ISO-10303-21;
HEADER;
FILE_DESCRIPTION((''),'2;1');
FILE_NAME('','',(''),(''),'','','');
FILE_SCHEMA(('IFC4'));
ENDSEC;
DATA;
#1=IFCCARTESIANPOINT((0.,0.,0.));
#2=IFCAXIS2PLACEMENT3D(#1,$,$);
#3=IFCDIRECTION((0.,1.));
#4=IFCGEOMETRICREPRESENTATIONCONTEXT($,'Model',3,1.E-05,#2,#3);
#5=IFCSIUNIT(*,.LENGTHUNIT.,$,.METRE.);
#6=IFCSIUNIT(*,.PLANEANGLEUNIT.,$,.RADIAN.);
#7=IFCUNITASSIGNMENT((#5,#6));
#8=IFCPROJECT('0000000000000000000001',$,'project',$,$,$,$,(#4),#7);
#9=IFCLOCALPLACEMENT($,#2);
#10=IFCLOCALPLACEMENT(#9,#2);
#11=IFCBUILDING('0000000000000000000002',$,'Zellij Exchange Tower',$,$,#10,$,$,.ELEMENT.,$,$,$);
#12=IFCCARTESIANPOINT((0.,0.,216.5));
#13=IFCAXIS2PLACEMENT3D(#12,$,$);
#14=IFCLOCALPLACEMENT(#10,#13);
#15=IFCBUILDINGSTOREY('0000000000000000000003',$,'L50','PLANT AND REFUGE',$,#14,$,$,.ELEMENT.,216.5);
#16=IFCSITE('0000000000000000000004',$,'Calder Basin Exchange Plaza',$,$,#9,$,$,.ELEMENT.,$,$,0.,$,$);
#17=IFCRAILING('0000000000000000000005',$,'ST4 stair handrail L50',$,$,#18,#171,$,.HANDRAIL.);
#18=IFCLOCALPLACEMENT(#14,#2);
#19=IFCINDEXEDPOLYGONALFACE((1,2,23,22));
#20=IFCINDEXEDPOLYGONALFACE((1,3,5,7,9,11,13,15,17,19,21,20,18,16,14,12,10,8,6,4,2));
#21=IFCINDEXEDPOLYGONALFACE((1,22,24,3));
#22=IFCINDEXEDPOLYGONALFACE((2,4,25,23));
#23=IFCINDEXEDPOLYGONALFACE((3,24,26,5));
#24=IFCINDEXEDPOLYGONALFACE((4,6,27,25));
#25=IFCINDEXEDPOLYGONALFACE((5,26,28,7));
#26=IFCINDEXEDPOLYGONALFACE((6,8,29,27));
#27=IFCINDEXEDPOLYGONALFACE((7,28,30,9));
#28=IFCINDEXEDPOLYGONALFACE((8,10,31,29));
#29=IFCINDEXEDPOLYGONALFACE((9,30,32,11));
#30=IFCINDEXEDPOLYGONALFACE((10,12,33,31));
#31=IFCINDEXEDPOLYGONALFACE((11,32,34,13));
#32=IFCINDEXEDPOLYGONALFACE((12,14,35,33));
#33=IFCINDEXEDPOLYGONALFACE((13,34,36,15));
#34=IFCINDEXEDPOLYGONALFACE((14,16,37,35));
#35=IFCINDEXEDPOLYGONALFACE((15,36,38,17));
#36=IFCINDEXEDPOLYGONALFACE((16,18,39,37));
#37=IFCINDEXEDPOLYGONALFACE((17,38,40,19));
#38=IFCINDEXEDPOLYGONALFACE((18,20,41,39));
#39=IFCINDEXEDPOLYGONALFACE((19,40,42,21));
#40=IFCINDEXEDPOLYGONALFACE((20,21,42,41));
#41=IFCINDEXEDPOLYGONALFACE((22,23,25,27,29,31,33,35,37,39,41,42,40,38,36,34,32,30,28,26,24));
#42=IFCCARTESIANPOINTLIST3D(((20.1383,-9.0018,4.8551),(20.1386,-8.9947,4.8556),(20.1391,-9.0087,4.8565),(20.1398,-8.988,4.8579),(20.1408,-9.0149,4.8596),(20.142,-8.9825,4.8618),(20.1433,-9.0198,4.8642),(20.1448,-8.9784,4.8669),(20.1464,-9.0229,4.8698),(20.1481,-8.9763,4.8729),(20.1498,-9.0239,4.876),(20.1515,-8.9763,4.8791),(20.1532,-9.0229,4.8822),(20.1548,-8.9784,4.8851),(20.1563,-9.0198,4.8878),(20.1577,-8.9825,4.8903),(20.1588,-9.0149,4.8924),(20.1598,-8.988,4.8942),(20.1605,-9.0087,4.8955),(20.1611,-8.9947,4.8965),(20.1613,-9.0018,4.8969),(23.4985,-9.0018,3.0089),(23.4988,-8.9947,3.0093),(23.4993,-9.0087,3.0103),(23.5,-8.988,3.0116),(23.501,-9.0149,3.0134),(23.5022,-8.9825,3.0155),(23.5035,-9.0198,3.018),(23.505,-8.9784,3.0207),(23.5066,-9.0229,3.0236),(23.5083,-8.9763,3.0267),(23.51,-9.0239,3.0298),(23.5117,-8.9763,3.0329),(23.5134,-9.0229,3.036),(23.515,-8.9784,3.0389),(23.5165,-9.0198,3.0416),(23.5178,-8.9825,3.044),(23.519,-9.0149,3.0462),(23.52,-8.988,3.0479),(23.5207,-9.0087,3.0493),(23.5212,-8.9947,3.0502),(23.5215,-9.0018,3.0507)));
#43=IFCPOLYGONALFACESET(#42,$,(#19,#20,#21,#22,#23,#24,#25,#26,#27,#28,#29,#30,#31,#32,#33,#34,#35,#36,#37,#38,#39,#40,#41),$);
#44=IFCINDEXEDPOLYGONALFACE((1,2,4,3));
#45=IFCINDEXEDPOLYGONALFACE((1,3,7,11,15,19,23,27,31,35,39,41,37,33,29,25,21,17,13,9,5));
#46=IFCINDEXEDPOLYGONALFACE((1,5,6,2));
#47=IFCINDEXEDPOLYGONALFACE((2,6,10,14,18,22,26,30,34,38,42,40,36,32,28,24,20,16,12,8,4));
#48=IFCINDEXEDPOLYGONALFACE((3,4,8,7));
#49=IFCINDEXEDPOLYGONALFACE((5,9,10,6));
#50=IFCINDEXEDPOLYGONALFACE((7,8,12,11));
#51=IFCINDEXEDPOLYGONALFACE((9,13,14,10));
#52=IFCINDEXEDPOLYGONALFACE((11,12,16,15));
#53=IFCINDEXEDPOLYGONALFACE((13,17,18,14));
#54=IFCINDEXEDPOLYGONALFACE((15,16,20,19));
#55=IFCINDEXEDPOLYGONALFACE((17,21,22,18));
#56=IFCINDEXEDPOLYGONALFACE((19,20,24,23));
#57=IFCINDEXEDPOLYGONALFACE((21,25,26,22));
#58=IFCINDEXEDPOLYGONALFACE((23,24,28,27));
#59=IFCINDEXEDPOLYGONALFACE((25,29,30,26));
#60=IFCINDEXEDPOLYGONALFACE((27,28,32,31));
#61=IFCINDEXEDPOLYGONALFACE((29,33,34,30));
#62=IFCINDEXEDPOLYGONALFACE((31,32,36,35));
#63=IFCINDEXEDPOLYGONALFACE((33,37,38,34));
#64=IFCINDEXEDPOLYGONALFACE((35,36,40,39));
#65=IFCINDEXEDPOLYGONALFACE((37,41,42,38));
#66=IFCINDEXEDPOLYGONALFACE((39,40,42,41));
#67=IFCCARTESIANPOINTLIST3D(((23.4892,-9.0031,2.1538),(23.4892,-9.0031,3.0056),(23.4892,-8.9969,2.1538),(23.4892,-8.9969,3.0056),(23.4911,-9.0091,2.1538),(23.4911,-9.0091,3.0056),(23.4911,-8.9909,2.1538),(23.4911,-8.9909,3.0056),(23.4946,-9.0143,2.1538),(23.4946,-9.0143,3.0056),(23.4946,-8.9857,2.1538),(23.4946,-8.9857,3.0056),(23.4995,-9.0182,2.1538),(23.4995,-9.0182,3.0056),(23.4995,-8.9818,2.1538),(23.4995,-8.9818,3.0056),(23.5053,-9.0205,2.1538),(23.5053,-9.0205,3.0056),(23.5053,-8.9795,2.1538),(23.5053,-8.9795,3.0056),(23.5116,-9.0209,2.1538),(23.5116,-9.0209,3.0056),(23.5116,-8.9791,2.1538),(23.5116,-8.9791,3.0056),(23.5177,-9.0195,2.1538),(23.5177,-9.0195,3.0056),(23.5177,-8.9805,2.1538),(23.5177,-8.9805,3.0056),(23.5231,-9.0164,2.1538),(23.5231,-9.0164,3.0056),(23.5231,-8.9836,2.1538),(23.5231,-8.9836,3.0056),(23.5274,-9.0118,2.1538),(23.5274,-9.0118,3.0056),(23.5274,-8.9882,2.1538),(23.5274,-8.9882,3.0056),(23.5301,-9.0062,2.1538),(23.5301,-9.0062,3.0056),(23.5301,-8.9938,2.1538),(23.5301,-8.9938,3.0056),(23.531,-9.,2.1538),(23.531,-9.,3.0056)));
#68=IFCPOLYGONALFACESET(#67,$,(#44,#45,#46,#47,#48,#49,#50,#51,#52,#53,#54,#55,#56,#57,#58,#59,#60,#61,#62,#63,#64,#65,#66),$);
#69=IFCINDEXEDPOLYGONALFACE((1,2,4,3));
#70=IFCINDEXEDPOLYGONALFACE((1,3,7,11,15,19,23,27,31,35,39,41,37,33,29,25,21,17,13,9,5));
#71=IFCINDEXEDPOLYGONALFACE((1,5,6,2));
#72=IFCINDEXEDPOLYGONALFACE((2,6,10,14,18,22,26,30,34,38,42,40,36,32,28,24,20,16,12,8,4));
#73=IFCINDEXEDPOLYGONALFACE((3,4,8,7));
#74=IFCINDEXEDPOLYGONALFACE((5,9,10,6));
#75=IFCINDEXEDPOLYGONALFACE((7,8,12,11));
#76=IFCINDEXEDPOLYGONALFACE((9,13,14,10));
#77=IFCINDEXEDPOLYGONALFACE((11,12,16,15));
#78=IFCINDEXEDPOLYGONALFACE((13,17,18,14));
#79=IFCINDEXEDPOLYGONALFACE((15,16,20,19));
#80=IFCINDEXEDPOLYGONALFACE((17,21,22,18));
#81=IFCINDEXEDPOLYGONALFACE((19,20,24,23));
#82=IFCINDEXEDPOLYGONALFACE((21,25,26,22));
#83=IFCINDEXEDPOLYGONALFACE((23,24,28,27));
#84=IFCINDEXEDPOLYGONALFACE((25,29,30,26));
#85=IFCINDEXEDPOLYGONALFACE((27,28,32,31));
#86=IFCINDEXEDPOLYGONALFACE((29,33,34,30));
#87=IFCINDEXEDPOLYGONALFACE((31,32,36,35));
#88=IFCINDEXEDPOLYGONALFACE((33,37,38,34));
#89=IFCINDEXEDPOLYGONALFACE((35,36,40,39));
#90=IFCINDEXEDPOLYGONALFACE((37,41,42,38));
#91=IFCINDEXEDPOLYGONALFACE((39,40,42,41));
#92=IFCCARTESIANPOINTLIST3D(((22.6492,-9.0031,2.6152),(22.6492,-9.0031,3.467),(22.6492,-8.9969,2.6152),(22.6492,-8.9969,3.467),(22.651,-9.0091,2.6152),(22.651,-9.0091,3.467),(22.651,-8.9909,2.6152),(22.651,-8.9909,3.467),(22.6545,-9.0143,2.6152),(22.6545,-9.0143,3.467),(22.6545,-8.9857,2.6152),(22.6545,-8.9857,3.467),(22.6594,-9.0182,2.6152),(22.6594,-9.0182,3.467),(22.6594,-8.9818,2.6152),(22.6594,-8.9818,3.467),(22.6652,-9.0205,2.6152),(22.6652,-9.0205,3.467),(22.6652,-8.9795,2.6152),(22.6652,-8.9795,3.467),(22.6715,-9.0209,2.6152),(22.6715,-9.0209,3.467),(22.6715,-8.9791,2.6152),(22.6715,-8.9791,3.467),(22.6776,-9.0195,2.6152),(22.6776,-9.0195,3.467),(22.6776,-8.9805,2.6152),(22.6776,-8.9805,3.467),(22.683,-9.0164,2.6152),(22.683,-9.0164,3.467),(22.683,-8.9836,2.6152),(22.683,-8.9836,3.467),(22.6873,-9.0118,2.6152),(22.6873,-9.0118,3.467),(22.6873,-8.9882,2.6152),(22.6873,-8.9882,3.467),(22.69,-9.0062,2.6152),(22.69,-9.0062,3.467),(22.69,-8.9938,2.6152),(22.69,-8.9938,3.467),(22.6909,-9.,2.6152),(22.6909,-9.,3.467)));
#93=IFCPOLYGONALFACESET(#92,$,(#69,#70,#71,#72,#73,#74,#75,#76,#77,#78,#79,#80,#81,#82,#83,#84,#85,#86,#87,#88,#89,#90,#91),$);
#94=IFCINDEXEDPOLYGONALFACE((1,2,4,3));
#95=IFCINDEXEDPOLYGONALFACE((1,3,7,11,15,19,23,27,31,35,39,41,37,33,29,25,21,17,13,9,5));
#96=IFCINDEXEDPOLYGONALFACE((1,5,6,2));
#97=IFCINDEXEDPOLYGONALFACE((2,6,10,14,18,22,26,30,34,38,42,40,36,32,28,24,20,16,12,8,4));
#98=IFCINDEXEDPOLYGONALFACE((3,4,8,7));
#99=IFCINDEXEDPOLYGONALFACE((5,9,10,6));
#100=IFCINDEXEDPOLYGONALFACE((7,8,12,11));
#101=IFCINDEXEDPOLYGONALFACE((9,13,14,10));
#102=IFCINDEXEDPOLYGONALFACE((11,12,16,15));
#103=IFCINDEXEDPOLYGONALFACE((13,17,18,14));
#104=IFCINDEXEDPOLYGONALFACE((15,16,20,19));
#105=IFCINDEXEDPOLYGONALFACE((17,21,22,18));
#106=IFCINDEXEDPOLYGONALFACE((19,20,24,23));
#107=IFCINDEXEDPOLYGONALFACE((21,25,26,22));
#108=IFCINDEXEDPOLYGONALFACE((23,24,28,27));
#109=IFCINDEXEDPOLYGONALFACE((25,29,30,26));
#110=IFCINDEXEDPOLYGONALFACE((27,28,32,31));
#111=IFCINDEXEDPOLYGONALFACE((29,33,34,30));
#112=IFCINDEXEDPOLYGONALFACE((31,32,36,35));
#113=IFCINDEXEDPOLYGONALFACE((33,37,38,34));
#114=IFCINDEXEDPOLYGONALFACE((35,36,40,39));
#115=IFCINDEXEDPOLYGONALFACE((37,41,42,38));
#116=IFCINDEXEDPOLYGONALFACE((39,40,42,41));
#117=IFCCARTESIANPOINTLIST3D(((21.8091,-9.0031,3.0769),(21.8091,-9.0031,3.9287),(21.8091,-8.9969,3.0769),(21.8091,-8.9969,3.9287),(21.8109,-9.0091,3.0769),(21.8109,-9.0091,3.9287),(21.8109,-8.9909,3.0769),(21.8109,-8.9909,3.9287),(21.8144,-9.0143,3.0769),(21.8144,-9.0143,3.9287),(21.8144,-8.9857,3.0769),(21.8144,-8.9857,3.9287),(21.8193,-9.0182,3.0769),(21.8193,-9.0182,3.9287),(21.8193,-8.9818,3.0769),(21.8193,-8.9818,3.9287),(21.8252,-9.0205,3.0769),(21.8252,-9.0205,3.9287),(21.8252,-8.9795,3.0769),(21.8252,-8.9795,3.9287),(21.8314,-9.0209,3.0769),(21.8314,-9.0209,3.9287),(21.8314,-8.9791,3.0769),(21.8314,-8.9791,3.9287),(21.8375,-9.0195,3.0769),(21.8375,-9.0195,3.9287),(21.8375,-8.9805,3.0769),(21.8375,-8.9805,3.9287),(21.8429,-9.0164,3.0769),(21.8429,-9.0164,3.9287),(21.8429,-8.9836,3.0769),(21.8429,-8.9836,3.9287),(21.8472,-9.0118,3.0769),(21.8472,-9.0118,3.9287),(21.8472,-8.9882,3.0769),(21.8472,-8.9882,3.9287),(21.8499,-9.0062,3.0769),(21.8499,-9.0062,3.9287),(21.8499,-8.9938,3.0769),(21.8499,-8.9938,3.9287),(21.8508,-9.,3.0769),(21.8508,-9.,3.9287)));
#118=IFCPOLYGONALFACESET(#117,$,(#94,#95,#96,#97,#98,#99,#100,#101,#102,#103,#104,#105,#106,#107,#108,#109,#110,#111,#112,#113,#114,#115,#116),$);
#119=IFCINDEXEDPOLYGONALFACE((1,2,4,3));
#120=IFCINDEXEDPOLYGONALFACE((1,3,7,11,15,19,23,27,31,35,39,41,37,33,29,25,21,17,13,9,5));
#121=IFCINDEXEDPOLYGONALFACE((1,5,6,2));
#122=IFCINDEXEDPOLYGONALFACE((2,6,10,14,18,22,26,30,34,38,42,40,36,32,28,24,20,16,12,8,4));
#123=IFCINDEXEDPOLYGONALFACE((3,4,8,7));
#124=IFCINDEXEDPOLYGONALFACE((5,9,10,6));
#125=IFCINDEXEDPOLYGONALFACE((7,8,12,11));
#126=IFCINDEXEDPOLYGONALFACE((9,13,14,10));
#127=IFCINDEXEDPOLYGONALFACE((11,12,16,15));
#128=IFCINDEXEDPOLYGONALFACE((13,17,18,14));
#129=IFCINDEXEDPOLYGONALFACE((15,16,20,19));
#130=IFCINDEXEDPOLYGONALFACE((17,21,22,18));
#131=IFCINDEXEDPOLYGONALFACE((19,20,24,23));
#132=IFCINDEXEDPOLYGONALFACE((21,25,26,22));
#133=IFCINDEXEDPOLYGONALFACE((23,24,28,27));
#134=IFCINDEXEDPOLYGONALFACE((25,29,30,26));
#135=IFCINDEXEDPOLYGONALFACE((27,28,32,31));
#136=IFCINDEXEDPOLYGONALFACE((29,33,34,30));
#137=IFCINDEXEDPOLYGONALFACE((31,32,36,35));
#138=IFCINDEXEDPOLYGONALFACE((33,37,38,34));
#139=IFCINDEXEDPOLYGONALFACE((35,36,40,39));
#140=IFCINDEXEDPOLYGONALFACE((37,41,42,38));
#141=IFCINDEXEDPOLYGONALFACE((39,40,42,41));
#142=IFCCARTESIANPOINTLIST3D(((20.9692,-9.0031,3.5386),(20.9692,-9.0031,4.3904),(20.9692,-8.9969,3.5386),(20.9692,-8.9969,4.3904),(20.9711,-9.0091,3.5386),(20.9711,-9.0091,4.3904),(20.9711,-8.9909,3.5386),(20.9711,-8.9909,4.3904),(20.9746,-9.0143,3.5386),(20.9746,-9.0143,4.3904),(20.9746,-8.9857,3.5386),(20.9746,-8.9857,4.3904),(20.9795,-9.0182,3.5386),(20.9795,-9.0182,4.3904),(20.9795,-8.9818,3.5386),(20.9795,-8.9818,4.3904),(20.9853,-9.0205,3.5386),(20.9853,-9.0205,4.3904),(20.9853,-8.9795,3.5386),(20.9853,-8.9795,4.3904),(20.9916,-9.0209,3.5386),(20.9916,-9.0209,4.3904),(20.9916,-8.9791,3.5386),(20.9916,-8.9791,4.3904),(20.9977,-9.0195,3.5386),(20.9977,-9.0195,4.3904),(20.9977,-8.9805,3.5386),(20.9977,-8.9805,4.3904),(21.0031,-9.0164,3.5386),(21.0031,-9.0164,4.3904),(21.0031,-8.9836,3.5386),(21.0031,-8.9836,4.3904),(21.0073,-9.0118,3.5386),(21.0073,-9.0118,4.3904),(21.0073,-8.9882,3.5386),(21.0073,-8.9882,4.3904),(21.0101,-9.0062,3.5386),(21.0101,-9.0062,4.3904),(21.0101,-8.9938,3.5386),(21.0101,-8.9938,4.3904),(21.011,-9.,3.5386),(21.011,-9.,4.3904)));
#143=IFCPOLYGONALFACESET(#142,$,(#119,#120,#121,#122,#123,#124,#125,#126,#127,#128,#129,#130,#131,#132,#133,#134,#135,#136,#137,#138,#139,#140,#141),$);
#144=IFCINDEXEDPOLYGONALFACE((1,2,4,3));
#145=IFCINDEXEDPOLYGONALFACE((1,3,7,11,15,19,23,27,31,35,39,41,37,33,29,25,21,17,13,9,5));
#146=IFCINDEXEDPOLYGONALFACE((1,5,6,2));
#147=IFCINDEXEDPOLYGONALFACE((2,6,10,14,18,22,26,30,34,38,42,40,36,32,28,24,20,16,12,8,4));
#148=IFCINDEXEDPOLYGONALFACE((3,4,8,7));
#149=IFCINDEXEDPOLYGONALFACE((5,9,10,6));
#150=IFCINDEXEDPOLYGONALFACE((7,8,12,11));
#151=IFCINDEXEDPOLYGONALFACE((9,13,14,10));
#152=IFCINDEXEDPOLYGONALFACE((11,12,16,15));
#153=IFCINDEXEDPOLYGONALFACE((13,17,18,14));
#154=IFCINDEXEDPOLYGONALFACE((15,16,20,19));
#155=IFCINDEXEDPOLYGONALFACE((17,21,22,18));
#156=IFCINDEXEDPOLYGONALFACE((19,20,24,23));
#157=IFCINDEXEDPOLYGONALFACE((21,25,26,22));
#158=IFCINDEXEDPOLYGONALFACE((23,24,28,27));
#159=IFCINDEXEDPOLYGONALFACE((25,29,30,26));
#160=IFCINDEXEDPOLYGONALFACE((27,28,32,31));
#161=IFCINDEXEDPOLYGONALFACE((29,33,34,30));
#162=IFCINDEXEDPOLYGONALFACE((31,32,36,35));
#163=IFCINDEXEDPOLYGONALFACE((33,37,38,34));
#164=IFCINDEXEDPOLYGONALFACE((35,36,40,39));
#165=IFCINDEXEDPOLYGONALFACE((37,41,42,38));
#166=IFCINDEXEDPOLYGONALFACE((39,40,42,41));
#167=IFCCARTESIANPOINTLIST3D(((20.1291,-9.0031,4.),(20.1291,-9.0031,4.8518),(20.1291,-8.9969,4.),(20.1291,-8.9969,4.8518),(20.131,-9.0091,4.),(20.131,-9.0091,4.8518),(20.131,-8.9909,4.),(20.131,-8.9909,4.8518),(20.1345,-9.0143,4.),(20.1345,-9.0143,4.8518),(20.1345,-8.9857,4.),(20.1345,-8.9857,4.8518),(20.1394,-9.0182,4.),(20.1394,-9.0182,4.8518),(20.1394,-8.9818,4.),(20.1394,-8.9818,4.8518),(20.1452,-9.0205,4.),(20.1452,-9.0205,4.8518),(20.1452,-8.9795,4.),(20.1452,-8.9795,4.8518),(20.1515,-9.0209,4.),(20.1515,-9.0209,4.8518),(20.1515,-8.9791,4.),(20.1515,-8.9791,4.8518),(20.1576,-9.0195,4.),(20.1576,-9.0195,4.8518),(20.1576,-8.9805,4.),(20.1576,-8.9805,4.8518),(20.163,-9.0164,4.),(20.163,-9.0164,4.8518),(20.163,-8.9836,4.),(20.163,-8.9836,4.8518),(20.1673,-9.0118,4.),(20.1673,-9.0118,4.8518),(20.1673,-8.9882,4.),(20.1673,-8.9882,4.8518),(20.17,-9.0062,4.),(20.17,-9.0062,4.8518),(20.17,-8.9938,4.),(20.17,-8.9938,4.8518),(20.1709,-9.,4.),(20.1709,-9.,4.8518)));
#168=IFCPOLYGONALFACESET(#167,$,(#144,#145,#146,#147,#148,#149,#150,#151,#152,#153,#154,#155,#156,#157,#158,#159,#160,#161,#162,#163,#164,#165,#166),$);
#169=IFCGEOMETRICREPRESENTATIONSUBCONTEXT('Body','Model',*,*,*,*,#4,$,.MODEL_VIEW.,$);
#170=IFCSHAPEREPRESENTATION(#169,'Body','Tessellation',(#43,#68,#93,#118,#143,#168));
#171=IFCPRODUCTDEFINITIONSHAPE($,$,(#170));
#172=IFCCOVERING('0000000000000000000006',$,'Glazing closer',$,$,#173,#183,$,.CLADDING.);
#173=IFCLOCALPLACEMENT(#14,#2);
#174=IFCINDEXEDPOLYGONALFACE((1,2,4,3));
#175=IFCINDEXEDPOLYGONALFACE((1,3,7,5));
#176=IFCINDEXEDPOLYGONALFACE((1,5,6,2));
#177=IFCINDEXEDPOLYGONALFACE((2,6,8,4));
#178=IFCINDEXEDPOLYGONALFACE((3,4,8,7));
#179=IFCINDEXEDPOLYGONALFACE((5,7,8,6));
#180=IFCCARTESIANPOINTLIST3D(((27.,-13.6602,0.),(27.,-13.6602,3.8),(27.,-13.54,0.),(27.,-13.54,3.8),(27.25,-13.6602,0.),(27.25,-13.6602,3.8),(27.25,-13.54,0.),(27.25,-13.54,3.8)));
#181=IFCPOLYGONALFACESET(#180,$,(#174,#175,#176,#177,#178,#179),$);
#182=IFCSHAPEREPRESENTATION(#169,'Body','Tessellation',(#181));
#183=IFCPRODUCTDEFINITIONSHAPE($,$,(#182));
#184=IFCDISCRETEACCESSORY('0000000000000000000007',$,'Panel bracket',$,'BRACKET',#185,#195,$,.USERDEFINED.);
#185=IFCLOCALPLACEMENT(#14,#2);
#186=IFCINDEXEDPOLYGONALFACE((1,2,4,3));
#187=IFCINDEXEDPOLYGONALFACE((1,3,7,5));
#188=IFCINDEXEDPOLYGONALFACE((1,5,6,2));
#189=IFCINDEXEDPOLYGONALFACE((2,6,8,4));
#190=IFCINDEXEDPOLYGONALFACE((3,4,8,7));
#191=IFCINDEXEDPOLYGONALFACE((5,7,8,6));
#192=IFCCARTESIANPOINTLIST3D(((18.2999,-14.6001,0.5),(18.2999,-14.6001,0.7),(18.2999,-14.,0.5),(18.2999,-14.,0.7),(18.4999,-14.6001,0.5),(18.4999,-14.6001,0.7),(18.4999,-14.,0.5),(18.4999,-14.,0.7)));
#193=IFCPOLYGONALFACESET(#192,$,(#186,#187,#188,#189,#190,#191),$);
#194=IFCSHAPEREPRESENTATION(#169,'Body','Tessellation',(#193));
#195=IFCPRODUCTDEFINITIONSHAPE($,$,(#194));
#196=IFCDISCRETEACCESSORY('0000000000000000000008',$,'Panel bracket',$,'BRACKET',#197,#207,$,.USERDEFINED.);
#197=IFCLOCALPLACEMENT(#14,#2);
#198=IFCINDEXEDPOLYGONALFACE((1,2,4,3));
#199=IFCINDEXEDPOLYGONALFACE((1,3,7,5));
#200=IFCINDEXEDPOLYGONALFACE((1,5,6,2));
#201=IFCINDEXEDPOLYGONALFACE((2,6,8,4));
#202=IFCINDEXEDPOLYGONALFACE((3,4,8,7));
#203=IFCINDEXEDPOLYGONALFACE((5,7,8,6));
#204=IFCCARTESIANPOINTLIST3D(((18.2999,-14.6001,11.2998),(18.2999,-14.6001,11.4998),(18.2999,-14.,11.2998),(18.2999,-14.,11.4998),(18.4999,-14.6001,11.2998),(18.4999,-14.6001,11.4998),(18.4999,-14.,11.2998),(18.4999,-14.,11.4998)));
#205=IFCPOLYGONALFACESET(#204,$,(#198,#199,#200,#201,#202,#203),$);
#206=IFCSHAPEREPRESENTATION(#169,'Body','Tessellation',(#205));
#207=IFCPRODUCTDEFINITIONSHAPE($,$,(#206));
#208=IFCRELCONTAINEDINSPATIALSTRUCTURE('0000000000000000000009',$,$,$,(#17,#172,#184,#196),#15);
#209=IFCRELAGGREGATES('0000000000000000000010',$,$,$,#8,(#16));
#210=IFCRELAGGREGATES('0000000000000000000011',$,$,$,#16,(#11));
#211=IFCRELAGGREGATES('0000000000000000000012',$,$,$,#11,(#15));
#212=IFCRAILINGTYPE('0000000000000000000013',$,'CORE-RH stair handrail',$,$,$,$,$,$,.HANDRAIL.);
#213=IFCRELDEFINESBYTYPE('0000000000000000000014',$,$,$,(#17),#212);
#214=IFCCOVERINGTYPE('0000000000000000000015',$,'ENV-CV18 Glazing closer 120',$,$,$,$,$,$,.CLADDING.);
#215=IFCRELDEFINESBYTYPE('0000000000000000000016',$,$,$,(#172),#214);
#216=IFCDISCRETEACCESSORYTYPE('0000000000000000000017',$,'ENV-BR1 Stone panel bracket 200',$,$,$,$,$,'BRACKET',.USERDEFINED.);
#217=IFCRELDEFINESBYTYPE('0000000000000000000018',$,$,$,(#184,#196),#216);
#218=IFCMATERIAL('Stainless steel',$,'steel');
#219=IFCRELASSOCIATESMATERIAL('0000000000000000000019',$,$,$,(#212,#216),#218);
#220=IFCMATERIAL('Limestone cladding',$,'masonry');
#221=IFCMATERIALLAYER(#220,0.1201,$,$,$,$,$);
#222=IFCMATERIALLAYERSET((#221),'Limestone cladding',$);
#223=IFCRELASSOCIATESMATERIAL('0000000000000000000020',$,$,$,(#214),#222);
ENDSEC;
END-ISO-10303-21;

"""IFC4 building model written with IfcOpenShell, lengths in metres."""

from ifc_helpers import new_model, si_unit, direction, frame, origin, origin_2d, place, context, subcontext, project, spatial, rectangle, circle, extrude, material, layer, layer_set, type_object, element, save


model = new_model("IFC4")

# Units and contexts
model_context = context("Model", 3, precision=1e-05, world=origin(), true_north=direction((0.0, 1.0)))
body_context = subcontext(model_context, "Body", "Model", "MODEL_VIEW")
ifc_project = project(units=[si_unit("LENGTHUNIT", "METRE"), si_unit("PLANEANGLEUNIT", "RADIAN")], contexts=[model_context])

# Site, building, storey
site_placement = place(None, origin())
site = spatial("IfcSite", under=ifc_project, at=site_placement, Name="Calder Basin Exchange Plaza", CompositionType="ELEMENT", RefElevation=0.0)
building_placement = place(site_placement, origin())
building = spatial("IfcBuilding", under=site, at=building_placement, Name="Zellij Exchange Tower", CompositionType="ELEMENT")
storey_placement = place(building_placement, frame((0.0, 0.0, 216.5)))
storey = spatial("IfcBuildingStorey", under=building, at=storey_placement, Name="L50", Description="PLANT AND REFUGE", CompositionType="ELEMENT", Elevation=216.5)

# Railing
ifc_material_1 = material(Name="Stainless steel", Category="steel")
railing_type_1 = type_object("IfcRailingType", Name="CORE-RH stair handrail", PredefinedType="HANDRAIL", material=ifc_material_1)
railing_1_placement = place(storey_placement, frame((23.51, -9.0, 2.1538)))
element("IfcRailing", 1, at=railing_1_placement, inside=storey, type_object=railing_type_1, Name="ST4 stair handrail L50", PredefinedType="HANDRAIL", context=body_context, shape_type="SweptSolid", body=[
    extrude(circle(Radius=0.0239, at=origin_2d()), frame((0.0, 0.0, 0.876), z_axis=(-0.876422, 0.0, 0.481545), x_axis=(0.0, -1.0, 0.0)), (0.0, 0.0, 1.0), 3.834),
    extrude(circle(Radius=0.021, at=origin_2d()), origin(), (0.0, 0.0, 1.0), 0.8518),
    extrude(circle(Radius=0.021, at=origin_2d()), frame((-0.8401, 0.0, 0.4614)), (0.0, 0.0, 1.0), 0.8518),
    extrude(circle(Radius=0.021, at=origin_2d()), frame((-1.6802, 0.0, 0.9231)), (0.0, 0.0, 1.0), 0.8518),
    extrude(circle(Radius=0.021, at=origin_2d()), frame((-2.52, 0.0, 1.3848)), (0.0, 0.0, 1.0), 0.8518),
    extrude(circle(Radius=0.021, at=origin_2d()), frame((-3.3601, 0.0, 1.8462)), (0.0, 0.0, 1.0), 0.8518),
])

# Covering
ifc_material_2 = material(Name="Limestone cladding", Category="masonry")
ifc_layer_1 = layer(ifc_material_2, 0.1201)
ifc_layer_set_1 = layer_set([ifc_layer_1], Name="Limestone cladding")
covering_type = type_object("IfcCoveringType", Name="ENV-CV18 Glazing closer 120", PredefinedType="CLADDING", material=ifc_layer_set_1)
covering_placement = place(storey_placement, frame((27.125, -13.6001, 0.0), z_axis=(0.0, 0.0, 1.0), x_axis=(-1.0, 0.0, 0.0)))
element("IfcCovering", 2, at=covering_placement, inside=storey, type_object=covering_type, Name="Glazing closer", PredefinedType="CLADDING", context=body_context, shape_type="SweptSolid", body=[
    extrude(rectangle(XDim=0.25, YDim=0.1201, at=origin_2d()), origin(), (0.0, 0.0, 1.0), 3.8),
])

# Discrete accessories
discrete_accessory_type = type_object("IfcDiscreteAccessoryType", Name="ENV-BR1 Stone panel bracket 200", ElementType="BRACKET", PredefinedType="USERDEFINED", material=ifc_material_1)
for number, where, z_axis, x_axis, name in (
    (3, (18.3999, -14.3, 0.5), (0.0, 0.0, 1.0), (1.0, 0.0, 0.0), "Panel bracket"),
    (4, (18.3999, -14.3, 11.2998), (0.0, 0.0, 1.0), (1.0, 0.0, 0.0), "Panel bracket"),
):
    element("IfcDiscreteAccessory", number, at=place(storey_placement, frame(where, z_axis=z_axis, x_axis=x_axis)), inside=storey, type_object=discrete_accessory_type, Name=name, ObjectType="BRACKET", PredefinedType="USERDEFINED", context=body_context, shape_type="SweptSolid", body=[
        extrude(rectangle(XDim=0.2, YDim=0.6001, at=origin_2d()), origin(), (0.0, 0.0, 1.0), 0.2),
    ])

save(model, "model.ifc")
